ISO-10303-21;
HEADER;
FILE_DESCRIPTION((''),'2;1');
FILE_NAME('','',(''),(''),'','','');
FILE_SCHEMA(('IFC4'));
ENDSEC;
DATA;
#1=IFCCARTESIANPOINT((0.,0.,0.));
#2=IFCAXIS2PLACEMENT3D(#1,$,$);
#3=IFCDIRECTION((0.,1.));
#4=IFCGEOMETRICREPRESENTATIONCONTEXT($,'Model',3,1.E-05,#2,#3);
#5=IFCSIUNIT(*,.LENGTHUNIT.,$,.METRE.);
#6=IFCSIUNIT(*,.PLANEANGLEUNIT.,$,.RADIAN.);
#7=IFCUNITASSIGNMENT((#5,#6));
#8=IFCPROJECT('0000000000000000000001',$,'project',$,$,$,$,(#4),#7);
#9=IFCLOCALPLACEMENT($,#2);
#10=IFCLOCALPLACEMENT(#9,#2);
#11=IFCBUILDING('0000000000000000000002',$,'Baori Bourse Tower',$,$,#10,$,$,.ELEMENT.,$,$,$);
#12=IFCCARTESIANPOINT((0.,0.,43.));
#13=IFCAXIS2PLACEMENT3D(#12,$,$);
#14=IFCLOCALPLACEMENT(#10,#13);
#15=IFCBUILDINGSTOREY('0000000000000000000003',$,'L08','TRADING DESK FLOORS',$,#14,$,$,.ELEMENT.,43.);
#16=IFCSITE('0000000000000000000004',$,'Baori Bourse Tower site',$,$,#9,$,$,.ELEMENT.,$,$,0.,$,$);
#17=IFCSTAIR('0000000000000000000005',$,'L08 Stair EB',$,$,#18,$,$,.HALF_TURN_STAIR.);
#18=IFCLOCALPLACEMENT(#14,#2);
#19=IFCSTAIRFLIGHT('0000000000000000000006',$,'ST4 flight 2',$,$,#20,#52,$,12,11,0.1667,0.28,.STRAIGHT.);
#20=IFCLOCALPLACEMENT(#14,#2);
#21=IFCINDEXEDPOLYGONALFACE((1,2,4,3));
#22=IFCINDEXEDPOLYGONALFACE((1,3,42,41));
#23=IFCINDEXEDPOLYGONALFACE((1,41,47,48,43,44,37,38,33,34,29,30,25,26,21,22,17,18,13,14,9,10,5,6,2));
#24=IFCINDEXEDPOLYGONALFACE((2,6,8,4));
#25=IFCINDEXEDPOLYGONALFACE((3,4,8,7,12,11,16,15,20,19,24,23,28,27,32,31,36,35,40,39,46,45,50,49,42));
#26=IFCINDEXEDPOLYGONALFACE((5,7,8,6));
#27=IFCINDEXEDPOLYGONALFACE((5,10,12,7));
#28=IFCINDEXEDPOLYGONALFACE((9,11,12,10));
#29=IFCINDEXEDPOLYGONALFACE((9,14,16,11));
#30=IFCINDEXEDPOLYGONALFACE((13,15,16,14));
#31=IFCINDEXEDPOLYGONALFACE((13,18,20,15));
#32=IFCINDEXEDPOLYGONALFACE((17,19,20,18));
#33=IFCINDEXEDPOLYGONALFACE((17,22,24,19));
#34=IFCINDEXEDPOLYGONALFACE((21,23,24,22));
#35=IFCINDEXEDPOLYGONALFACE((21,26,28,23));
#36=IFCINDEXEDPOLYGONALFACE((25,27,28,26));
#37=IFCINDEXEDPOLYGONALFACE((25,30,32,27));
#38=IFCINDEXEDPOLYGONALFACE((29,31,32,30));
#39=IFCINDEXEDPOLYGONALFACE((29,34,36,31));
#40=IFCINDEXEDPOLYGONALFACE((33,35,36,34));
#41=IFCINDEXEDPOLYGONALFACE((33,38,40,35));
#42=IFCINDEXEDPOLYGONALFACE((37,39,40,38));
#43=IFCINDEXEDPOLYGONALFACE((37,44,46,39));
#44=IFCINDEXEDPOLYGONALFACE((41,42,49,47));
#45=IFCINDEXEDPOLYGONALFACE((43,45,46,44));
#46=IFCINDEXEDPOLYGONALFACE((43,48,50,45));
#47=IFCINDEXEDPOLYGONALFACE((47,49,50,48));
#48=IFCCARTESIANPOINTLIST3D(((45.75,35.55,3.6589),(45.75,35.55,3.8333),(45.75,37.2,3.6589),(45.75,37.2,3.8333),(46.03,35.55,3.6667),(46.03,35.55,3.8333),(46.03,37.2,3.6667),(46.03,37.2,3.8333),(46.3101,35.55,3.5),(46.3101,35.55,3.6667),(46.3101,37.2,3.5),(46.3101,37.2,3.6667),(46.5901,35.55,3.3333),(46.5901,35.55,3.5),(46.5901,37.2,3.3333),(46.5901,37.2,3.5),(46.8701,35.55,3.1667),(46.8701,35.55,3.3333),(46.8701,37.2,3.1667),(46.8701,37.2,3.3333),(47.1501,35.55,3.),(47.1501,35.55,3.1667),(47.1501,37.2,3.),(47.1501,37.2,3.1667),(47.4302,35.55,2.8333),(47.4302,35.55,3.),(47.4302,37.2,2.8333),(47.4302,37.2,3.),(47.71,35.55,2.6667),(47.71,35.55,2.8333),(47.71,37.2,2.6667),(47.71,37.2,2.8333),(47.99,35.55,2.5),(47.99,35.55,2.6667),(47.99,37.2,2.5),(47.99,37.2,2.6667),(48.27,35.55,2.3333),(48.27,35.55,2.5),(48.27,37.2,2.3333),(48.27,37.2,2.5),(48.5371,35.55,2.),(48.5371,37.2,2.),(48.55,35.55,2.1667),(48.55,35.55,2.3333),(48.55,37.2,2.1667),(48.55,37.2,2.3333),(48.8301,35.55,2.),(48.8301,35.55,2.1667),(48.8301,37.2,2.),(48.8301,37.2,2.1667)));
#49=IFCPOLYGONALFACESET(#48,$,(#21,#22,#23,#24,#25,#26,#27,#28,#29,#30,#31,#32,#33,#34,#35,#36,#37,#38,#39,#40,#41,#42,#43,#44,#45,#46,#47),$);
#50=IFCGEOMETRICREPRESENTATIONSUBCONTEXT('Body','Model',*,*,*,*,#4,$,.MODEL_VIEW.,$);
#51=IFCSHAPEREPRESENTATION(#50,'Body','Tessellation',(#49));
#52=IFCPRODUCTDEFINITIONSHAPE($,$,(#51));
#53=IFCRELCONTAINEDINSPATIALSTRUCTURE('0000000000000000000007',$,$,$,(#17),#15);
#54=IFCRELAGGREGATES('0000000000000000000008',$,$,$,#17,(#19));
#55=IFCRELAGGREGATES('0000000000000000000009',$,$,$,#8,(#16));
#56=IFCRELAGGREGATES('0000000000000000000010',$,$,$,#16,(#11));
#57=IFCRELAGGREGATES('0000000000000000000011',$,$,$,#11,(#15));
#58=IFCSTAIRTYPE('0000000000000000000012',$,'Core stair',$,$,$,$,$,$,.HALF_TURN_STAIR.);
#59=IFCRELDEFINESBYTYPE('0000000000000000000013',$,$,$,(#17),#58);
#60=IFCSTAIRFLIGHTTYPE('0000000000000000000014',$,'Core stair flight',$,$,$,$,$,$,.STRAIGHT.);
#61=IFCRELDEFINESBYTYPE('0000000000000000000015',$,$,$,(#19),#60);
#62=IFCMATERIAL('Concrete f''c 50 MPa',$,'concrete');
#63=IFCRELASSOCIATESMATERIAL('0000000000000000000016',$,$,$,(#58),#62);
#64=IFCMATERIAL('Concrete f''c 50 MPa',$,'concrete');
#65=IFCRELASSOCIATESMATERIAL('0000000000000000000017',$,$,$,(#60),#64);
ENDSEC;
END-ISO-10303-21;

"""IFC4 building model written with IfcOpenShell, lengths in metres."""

from ifc_helpers import new_model, si_unit, direction, frame, origin, place, context, subcontext, project, spatial, polyline, outline, extrude, material, type_object, element, aggregate, save


model = new_model("IFC4")

# Units and contexts
model_context = context("Model", 3, precision=1e-05, world=origin(), true_north=direction((0.0, 1.0)))
body_context = subcontext(model_context, "Body", "Model", "MODEL_VIEW")
ifc_project = project(units=[si_unit("LENGTHUNIT", "METRE"), si_unit("PLANEANGLEUNIT", "RADIAN")], contexts=[model_context])

# Site, building, storey
site_placement = place(None, origin())
site = spatial("IfcSite", under=ifc_project, at=site_placement, Name="Baori Bourse Tower site", CompositionType="ELEMENT", RefElevation=0.0)
building_placement = place(site_placement, origin())
building = spatial("IfcBuilding", under=site, at=building_placement, Name="Baori Bourse Tower", CompositionType="ELEMENT")
storey_placement = place(building_placement, frame((0.0, 0.0, 43.0)))
storey = spatial("IfcBuildingStorey", under=building, at=storey_placement, Name="L08", Description="TRADING DESK FLOORS", CompositionType="ELEMENT", Elevation=43.0)

# Stair, stair flight
ifc_material_1 = material(Name="Concrete f'c 50 MPa", Category="concrete")
stair_type = type_object("IfcStairType", Name="Core stair", PredefinedType="HALF_TURN_STAIR", material=ifc_material_1)
stair_placement = place(storey_placement, origin())
stair = element("IfcStair", 1, at=stair_placement, inside=storey, type_object=stair_type, Name="L08 Stair EB", PredefinedType="HALF_TURN_STAIR")
ifc_material_2 = material(Name="Concrete f'c 50 MPa", Category="concrete")
stair_flight_type = type_object("IfcStairFlightType", Name="Core stair flight", PredefinedType="STRAIGHT", material=ifc_material_2)
stair_flight_1_placement = place(storey_placement, frame((48.8301, 36.375, 2.0), z_axis=(0.0, 0.0, 1.0), x_axis=(-1.0, 0.0, 0.0)))
stair_flight_1 = element("IfcStairFlight", 2, at=stair_flight_1_placement, type_object=stair_flight_type, Name="ST4 flight 2", NumberOfRisers=12, NumberOfTreads=11, PredefinedType="STRAIGHT", RiserHeight=0.1667, TreadLength=0.28, context=body_context, shape_type="SweptSolid", body=[
    extrude(outline(polyline([(0.0, 0.0), (0.0, 0.1667), (0.28, 0.1667), (0.28, 0.3333), (0.5601, 0.3333), (0.5601, 0.5), (0.8401, 0.5), (0.8401, 0.6667), (1.1201, 0.6667), (1.1201, 0.8333), (1.3999, 0.8333), (1.3999, 1.0), (1.6799, 1.0), (1.6799, 1.1667), (1.96, 1.1667), (1.96, 1.3333), (2.24, 1.3333), (2.24, 1.5), (2.52, 1.5), (2.52, 1.6667), (2.8, 1.6667), (2.8, 1.8333), (3.0801, 1.8333), (3.0801, 2.0), (3.0801, 1.6589), (0.293, 0.0), (0.0, 0.0)])), frame((0.0, 0.825, 0.0), z_axis=(0.0, -1.0, 0.0), x_axis=(1.0, 0.0, 0.0)), (0.0, 0.0, 1.0), 1.6499),
])
aggregate(stair, [stair_flight_1])

save(model, "model.ifc")
